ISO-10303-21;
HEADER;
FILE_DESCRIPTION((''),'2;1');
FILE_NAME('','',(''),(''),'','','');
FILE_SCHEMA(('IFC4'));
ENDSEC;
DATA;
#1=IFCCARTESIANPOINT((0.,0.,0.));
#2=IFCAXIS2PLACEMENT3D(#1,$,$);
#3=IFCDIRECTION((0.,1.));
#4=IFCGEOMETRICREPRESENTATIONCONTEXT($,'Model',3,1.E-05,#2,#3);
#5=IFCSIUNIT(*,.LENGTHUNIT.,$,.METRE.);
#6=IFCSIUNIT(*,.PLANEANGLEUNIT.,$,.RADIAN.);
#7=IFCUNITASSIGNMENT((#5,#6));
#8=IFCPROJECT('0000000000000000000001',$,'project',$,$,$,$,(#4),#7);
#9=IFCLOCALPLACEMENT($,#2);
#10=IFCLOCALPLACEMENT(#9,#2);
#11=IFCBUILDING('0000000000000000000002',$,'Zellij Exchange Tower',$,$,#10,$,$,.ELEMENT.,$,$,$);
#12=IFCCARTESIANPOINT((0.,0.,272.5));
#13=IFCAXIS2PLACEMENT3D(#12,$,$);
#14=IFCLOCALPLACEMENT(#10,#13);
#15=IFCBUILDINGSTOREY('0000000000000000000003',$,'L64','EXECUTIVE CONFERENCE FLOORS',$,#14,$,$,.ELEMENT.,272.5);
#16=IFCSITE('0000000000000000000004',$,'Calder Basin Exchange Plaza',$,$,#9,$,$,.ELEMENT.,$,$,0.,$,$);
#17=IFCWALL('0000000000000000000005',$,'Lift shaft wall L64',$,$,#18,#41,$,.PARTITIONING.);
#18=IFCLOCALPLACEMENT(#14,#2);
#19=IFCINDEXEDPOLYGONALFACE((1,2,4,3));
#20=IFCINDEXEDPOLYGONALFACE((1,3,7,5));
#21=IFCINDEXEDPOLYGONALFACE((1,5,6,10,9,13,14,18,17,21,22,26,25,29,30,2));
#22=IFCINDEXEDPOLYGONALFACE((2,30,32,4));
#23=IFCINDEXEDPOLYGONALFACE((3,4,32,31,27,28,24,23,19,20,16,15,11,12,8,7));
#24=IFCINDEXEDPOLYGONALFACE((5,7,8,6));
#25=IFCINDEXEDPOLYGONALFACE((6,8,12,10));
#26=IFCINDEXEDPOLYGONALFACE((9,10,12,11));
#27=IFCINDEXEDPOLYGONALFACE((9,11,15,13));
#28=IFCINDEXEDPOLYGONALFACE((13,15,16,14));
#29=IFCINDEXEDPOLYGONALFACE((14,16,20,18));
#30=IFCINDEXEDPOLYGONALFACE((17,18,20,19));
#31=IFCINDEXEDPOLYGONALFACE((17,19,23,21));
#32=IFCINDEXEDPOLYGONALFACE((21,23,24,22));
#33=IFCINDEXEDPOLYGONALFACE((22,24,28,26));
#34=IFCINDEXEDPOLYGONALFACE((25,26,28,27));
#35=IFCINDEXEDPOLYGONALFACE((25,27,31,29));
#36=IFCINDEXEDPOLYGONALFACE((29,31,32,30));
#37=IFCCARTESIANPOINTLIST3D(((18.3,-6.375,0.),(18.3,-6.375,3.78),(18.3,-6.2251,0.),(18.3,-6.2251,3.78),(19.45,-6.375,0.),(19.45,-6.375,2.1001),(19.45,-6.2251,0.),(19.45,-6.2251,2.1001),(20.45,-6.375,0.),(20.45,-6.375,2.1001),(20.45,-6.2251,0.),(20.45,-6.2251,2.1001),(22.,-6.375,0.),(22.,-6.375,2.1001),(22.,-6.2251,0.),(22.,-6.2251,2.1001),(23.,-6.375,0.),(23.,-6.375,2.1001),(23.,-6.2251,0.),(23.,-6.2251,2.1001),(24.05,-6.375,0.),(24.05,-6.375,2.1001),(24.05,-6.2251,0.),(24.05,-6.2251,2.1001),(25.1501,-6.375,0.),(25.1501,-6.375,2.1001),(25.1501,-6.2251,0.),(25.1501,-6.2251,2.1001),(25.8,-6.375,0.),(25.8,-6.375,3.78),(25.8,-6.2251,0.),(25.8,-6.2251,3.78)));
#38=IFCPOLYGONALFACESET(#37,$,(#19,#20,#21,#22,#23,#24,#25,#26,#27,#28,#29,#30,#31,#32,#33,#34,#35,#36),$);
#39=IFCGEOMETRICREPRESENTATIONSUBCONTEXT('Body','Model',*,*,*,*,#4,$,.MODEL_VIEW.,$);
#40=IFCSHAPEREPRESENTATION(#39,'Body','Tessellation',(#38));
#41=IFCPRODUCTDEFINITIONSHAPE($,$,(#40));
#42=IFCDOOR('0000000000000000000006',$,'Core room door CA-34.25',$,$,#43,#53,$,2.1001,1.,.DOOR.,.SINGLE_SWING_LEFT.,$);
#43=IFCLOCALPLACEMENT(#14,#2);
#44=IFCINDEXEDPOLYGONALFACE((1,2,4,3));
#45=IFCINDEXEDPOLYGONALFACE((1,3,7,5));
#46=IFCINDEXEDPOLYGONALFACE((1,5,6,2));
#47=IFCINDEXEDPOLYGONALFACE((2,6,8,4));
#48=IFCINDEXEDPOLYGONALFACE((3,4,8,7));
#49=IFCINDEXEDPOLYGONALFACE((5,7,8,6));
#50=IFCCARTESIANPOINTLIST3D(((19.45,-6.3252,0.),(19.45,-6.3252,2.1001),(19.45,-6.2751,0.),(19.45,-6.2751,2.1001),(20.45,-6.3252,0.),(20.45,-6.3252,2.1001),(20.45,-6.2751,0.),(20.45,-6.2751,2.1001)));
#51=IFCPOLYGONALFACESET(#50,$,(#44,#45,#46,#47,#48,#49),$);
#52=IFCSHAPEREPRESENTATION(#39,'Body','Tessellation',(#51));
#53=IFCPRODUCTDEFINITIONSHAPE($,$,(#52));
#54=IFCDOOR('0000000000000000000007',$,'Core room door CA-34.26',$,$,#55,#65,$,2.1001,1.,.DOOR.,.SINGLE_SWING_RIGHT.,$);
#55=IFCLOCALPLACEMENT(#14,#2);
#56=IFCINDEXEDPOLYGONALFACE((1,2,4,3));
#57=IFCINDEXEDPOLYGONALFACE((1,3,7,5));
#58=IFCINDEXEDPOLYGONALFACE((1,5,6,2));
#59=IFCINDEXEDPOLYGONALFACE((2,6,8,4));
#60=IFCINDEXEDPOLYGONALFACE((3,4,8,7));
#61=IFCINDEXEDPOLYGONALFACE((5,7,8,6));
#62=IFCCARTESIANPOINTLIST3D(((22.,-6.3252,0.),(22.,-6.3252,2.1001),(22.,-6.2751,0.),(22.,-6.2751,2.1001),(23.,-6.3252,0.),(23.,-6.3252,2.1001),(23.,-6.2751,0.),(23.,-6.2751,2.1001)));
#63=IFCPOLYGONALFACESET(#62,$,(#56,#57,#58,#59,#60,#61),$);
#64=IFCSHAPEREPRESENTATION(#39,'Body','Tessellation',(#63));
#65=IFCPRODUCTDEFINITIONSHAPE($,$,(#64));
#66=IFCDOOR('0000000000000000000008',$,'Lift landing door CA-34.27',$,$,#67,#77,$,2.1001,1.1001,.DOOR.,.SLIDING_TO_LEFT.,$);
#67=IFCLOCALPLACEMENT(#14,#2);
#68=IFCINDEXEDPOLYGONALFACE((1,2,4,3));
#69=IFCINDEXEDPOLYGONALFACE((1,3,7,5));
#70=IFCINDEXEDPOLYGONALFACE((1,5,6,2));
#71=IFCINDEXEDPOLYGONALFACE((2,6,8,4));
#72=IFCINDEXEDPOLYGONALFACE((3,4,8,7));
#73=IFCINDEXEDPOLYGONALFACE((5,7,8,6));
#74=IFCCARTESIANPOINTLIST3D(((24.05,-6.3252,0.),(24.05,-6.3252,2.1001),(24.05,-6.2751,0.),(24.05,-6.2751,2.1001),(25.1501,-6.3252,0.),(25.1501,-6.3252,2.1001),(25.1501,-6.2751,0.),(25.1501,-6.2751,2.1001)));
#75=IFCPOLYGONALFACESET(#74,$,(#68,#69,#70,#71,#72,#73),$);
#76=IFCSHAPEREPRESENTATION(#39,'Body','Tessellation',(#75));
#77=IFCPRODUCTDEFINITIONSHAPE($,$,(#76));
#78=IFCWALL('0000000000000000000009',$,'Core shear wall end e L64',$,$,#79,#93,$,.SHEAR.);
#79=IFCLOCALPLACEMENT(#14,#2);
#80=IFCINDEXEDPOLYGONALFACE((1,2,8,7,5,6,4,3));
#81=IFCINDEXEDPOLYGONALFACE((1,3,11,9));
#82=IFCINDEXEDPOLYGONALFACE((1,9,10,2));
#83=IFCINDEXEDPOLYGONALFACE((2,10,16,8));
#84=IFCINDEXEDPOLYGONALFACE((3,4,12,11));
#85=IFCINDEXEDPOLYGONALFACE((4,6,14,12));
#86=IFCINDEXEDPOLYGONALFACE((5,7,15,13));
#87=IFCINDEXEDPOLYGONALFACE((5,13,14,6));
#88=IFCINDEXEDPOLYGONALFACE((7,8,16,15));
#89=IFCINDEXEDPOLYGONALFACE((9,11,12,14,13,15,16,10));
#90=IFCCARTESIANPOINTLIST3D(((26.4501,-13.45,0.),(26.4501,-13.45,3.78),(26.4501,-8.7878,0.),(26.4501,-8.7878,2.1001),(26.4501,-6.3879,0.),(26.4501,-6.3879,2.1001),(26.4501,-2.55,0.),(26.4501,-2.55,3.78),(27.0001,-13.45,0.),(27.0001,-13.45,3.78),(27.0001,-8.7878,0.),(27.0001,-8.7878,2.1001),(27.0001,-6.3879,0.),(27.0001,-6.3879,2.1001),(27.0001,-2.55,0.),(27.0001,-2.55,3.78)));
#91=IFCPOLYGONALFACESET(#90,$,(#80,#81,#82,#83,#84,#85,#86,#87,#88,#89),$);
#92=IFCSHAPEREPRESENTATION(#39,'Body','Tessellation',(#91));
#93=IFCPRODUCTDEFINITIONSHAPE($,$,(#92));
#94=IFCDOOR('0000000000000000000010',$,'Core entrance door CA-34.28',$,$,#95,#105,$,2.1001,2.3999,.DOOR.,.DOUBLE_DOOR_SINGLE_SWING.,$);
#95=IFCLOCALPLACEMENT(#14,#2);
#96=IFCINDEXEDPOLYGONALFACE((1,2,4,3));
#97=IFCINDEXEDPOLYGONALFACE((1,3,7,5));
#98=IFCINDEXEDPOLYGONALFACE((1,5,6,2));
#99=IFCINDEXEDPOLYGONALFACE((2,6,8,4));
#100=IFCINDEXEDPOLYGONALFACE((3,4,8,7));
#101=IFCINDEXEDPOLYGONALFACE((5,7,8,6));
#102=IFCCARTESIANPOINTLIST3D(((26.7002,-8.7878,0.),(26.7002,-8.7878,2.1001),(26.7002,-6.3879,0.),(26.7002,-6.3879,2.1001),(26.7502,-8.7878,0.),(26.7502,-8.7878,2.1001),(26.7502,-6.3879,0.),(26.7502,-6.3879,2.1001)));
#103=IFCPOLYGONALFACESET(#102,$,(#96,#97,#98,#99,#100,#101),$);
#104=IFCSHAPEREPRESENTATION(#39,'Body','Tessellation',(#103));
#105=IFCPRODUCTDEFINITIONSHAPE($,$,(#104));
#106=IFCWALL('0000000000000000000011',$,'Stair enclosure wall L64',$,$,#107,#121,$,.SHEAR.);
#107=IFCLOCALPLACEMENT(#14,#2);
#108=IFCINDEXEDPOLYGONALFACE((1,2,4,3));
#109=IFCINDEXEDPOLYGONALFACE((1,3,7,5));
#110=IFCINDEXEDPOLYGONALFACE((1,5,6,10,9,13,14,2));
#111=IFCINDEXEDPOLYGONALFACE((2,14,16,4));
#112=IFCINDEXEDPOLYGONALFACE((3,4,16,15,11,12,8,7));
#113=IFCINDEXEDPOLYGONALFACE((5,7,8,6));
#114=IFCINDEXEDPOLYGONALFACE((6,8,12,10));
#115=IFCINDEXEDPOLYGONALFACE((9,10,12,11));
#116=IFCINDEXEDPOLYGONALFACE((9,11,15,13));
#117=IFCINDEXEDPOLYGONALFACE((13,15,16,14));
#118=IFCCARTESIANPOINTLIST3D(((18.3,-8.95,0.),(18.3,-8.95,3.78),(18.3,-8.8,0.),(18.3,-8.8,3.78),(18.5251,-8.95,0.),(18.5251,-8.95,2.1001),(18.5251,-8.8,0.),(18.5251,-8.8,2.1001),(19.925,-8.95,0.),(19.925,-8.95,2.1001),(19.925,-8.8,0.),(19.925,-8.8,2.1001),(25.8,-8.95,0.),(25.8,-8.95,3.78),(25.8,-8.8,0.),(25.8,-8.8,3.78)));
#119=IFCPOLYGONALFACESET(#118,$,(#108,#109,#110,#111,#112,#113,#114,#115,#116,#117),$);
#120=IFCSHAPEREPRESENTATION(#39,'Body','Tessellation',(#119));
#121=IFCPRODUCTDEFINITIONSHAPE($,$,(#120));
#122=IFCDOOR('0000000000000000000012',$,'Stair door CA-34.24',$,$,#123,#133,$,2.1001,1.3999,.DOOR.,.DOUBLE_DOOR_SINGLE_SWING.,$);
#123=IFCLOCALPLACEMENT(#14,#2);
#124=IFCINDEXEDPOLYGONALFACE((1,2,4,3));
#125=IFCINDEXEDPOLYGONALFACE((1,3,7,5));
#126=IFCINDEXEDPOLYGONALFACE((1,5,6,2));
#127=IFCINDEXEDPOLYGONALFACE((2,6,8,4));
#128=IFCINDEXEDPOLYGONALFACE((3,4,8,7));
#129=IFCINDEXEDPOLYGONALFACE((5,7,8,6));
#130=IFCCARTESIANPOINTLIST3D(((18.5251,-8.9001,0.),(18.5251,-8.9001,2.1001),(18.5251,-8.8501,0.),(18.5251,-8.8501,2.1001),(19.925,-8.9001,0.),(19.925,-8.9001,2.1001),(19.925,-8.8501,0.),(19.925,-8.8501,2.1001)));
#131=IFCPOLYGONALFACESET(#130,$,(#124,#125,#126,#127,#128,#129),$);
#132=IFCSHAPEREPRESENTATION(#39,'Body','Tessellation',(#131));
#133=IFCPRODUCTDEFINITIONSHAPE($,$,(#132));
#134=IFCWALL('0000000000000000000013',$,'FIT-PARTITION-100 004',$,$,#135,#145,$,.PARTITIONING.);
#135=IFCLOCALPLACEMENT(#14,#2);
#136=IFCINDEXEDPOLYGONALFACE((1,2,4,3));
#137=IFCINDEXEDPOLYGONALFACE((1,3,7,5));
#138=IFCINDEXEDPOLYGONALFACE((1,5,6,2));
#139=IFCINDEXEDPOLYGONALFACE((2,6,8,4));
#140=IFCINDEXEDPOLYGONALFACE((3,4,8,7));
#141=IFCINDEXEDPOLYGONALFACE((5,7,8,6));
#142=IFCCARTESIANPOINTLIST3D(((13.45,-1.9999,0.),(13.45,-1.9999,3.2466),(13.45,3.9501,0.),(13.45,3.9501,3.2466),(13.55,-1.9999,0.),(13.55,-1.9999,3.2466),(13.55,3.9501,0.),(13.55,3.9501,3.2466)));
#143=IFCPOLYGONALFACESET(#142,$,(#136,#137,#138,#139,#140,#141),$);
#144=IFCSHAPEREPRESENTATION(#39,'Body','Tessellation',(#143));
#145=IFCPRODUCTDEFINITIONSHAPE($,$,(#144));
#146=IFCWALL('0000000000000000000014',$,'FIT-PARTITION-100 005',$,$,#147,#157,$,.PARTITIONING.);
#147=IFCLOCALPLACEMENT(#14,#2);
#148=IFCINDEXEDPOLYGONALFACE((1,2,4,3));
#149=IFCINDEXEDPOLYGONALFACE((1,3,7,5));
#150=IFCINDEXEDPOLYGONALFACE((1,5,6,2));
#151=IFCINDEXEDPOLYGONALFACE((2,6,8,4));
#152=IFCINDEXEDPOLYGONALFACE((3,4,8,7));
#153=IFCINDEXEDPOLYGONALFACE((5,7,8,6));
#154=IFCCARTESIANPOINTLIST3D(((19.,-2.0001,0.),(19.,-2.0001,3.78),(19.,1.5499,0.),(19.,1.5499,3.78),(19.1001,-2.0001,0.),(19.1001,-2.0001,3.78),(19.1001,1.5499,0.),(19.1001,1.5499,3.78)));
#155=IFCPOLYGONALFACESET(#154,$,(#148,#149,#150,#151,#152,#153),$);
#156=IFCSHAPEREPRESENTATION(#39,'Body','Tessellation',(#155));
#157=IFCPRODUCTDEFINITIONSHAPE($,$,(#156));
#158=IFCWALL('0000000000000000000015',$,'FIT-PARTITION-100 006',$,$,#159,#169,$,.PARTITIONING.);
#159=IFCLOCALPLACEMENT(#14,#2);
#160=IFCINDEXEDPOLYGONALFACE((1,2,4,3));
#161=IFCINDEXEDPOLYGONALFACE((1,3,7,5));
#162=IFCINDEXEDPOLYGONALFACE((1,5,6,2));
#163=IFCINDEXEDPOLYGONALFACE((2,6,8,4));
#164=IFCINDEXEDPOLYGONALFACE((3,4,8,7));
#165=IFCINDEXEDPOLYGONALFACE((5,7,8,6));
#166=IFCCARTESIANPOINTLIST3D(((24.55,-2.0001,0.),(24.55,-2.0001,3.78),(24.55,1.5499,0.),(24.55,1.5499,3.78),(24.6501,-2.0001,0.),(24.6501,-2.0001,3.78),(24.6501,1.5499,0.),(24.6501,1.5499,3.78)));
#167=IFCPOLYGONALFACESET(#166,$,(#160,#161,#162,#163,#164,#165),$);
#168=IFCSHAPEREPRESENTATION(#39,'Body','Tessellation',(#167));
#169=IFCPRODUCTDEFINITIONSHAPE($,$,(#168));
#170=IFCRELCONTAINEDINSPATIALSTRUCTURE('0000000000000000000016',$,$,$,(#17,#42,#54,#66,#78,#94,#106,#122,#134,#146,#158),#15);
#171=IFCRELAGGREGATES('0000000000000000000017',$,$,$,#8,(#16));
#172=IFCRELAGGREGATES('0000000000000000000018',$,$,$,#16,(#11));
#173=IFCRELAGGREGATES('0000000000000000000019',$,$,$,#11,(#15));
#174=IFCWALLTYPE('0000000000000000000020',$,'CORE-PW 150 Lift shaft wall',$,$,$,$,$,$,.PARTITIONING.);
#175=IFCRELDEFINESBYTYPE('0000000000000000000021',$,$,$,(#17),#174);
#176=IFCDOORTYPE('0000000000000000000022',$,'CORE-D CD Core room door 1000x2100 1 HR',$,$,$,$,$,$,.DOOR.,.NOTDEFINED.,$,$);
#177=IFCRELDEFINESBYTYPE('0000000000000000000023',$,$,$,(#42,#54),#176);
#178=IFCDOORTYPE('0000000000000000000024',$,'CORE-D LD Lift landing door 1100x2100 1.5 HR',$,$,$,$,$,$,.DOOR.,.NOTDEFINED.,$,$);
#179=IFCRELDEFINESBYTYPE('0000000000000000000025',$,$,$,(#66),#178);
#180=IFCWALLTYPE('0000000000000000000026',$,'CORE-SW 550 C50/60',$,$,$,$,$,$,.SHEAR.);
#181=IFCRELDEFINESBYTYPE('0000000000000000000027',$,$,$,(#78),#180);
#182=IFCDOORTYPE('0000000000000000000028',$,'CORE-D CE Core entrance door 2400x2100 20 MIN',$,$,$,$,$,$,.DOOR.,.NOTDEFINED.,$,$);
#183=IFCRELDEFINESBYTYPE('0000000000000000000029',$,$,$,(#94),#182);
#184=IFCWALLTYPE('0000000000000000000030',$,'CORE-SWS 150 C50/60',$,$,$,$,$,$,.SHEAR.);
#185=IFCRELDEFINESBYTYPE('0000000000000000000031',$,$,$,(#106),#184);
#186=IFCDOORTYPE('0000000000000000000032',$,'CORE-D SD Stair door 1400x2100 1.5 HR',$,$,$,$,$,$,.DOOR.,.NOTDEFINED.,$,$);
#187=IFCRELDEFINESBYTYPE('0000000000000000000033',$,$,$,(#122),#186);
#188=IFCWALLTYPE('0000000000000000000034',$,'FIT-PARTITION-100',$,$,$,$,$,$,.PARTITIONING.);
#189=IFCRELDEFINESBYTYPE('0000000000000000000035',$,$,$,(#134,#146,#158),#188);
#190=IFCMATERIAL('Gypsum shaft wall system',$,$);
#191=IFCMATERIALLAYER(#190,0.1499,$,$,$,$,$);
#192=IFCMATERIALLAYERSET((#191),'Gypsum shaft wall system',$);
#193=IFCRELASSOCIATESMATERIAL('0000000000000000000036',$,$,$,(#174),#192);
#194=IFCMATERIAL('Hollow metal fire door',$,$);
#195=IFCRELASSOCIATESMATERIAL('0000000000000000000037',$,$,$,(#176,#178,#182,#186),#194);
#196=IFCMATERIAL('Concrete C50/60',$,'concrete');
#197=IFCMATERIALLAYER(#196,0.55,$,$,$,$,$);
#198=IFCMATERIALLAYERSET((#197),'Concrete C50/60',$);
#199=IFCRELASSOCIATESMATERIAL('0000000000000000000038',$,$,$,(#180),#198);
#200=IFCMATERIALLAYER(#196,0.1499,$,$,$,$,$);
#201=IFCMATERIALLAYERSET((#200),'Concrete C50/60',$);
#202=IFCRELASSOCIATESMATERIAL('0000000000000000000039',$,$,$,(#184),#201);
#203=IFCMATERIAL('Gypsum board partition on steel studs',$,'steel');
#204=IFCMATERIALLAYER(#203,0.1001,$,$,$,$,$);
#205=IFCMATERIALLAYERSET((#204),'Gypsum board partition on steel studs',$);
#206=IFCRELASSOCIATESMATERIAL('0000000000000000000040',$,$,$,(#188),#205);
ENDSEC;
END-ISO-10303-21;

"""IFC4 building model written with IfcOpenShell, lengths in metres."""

from ifc_helpers import new_model, si_unit, direction, frame, frame_2d, origin, place, context, subcontext, project, spatial, rectangle, extrude, material, layer, layer_set, type_object, element, fill, save


model = new_model("IFC4")

# Units and contexts
model_context = context("Model", 3, precision=1e-05, world=origin(), true_north=direction((0.0, 1.0)))
body_context = subcontext(model_context, "Body", "Model", "MODEL_VIEW")
ifc_project = project(units=[si_unit("LENGTHUNIT", "METRE"), si_unit("PLANEANGLEUNIT", "RADIAN")], contexts=[model_context])

# Site, building, storey
site_placement = place(None, origin())
site = spatial("IfcSite", under=ifc_project, at=site_placement, Name="Calder Basin Exchange Plaza", CompositionType="ELEMENT", RefElevation=0.0)
building_placement = place(site_placement, origin())
building = spatial("IfcBuilding", under=site, at=building_placement, Name="Zellij Exchange Tower", CompositionType="ELEMENT")
storey_placement = place(building_placement, frame((0.0, 0.0, 272.5)))
storey = spatial("IfcBuildingStorey", under=building, at=storey_placement, Name="L64", Description="EXECUTIVE CONFERENCE FLOORS", CompositionType="ELEMENT", Elevation=272.5)

# Shared definitions
ifc_material_1 = material(Name="Concrete C50/60", Category="concrete")
ifc_material_2 = material(Name="Gypsum shaft wall system")
ifc_layer_1 = layer(ifc_material_2, 0.1499)
ifc_layer_set_1 = layer_set([ifc_layer_1], Name="Gypsum shaft wall system")
wall_type_1 = type_object("IfcWallType", Name="CORE-PW 150 Lift shaft wall", PredefinedType="PARTITIONING", material=ifc_layer_set_1)

# Wall, openings, doors
wall_1_placement = place(storey_placement, frame((18.3, -6.3, 0.0), z_axis=(0.0, 0.0, 1.0), x_axis=(1.0, 0.0, 0.0)))
wall_1 = element("IfcWall", 1, at=wall_1_placement, inside=storey, type_object=wall_type_1, Name="Lift shaft wall L64", PredefinedType="PARTITIONING", context=body_context, shape_type="SweptSolid", body=[
    extrude(rectangle(XDim=7.5, YDim=0.1499, at=frame_2d((3.75, 0.0))), origin(), (0.0, 0.0, 1.0), 3.78),
])
opening_1_placement = place(wall_1_placement, frame((1.1499, 0.0, 0.0)))
opening_1 = element("IfcOpeningElement", 2, at=opening_1_placement, cuts=wall_1, PredefinedType="OPENING", context=body_context, shape_type="SweptSolid", body=[
    extrude(rectangle(XDim=1.0, YDim=2.1001, at=frame_2d((0.5, 1.05))), frame((0.0, 0.0869, 0.0), z_axis=(0.0, -1.0, 0.0), x_axis=(1.0, 0.0, 0.0)), (0.0, 0.0, 1.0), 0.1738),
])
opening_2_placement = place(wall_1_placement, frame((3.7, 0.0, 0.0)))
opening_2 = element("IfcOpeningElement", 3, at=opening_2_placement, cuts=wall_1, PredefinedType="OPENING", context=body_context, shape_type="SweptSolid", body=[
    extrude(rectangle(XDim=1.0, YDim=2.1001, at=frame_2d((0.5, 1.05))), frame((0.0, 0.0869, 0.0), z_axis=(0.0, -1.0, 0.0), x_axis=(1.0, 0.0, 0.0)), (0.0, 0.0, 1.0), 0.1738),
])
opening_3_placement = place(wall_1_placement, frame((5.75, 0.0, 0.0)))
opening_3 = element("IfcOpeningElement", 4, at=opening_3_placement, cuts=wall_1, PredefinedType="OPENING", context=body_context, shape_type="SweptSolid", body=[
    extrude(rectangle(XDim=1.1001, YDim=2.1001, at=frame_2d((0.55, 1.05))), frame((0.0, 0.0869, 0.0), z_axis=(0.0, -1.0, 0.0), x_axis=(1.0, 0.0, 0.0)), (0.0, 0.0, 1.0), 0.1738),
])
ifc_material_3 = material(Name="Hollow metal fire door")
door_type_1 = type_object("IfcDoorType", Name="CORE-D CD Core room door 1000x2100 1 HR", OperationType="NOTDEFINED", PredefinedType="DOOR", material=ifc_material_3)
door_1_placement = place(opening_1_placement, origin())
door_1 = element("IfcDoor", 5, at=door_1_placement, inside=storey, type_object=door_type_1, Name="Core room door CA-34.25", OperationType="SINGLE_SWING_LEFT", OverallHeight=2.1001, OverallWidth=1.0, PredefinedType="DOOR", context=body_context, shape_type="SweptSolid", body=[
    extrude(rectangle(XDim=1.0, YDim=2.1001, at=frame_2d((0.5, 1.05))), frame((0.0, 0.0249, 0.0), z_axis=(0.0, -1.0, 0.0), x_axis=(1.0, 0.0, 0.0)), (0.0, 0.0, 1.0), 0.05),
])
fill(opening_1, door_1)
door_2_placement = place(opening_2_placement, origin())
door_2 = element("IfcDoor", 6, at=door_2_placement, inside=storey, type_object=door_type_1, Name="Core room door CA-34.26", OperationType="SINGLE_SWING_RIGHT", OverallHeight=2.1001, OverallWidth=1.0, PredefinedType="DOOR", context=body_context, shape_type="SweptSolid", body=[
    extrude(rectangle(XDim=1.0, YDim=2.1001, at=frame_2d((0.5, 1.05))), frame((0.0, 0.0249, 0.0), z_axis=(0.0, -1.0, 0.0), x_axis=(1.0, 0.0, 0.0)), (0.0, 0.0, 1.0), 0.05),
])
fill(opening_2, door_2)
door_type_2 = type_object("IfcDoorType", Name="CORE-D LD Lift landing door 1100x2100 1.5 HR", OperationType="NOTDEFINED", PredefinedType="DOOR", material=ifc_material_3)
door_3_placement = place(opening_3_placement, origin())
door_3 = element("IfcDoor", 7, at=door_3_placement, inside=storey, type_object=door_type_2, Name="Lift landing door CA-34.27", OperationType="SLIDING_TO_LEFT", OverallHeight=2.1001, OverallWidth=1.1001, PredefinedType="DOOR", context=body_context, shape_type="SweptSolid", body=[
    extrude(rectangle(XDim=1.1001, YDim=2.1001, at=frame_2d((0.55, 1.05))), frame((0.0, 0.0249, 0.0), z_axis=(0.0, -1.0, 0.0), x_axis=(1.0, 0.0, 0.0)), (0.0, 0.0, 1.0), 0.05),
])
fill(opening_3, door_3)

# Walls, openings, doors
ifc_layer_2 = layer(ifc_material_1, 0.55)
ifc_layer_set_2 = layer_set([ifc_layer_2], Name="Concrete C50/60")
wall_type_2 = type_object("IfcWallType", Name="CORE-SW 550 C50/60", PredefinedType="SHEAR", material=ifc_layer_set_2)
wall_2_placement = place(storey_placement, frame((26.7251, -13.45, 0.0), z_axis=(0.0, 0.0, 1.0), x_axis=(0.0, 1.0, 0.0)))
wall_2 = element("IfcWall", 8, at=wall_2_placement, inside=storey, type_object=wall_type_2, Name="Core shear wall end e L64", PredefinedType="SHEAR", context=body_context, shape_type="SweptSolid", body=[
    extrude(rectangle(XDim=10.8999, YDim=0.55, at=frame_2d((5.45, 0.0))), origin(), (0.0, 0.0, 1.0), 3.78),
])
opening_4_placement = place(wall_2_placement, frame((4.6621, 0.0, 0.0)))
opening_4 = element("IfcOpeningElement", 9, at=opening_4_placement, cuts=wall_2, PredefinedType="OPENING", context=body_context, shape_type="SweptSolid", body=[
    extrude(rectangle(XDim=2.3999, YDim=2.1001, at=frame_2d((1.2, 1.05))), frame((0.0, 0.2871, 0.0), z_axis=(0.0, -1.0, 0.0), x_axis=(1.0, 0.0, 0.0)), (0.0, 0.0, 1.0), 0.574),
])
door_type_3 = type_object("IfcDoorType", Name="CORE-D CE Core entrance door 2400x2100 20 MIN", OperationType="NOTDEFINED", PredefinedType="DOOR", material=ifc_material_3)
door_4_placement = place(opening_4_placement, origin())
door_4 = element("IfcDoor", 10, at=door_4_placement, inside=storey, type_object=door_type_3, Name="Core entrance door CA-34.28", OperationType="DOUBLE_DOOR_SINGLE_SWING", OverallHeight=2.1001, OverallWidth=2.3999, PredefinedType="DOOR", context=body_context, shape_type="SweptSolid", body=[
    extrude(rectangle(XDim=2.3999, YDim=2.1001, at=frame_2d((1.2, 1.05))), frame((0.0, 0.0249, 0.0), z_axis=(0.0, -1.0, 0.0), x_axis=(1.0, 0.0, 0.0)), (0.0, 0.0, 1.0), 0.05),
])
fill(opening_4, door_4)
ifc_layer_3 = layer(ifc_material_1, 0.1499)
ifc_layer_set_3 = layer_set([ifc_layer_3], Name="Concrete C50/60")
wall_type_3 = type_object("IfcWallType", Name="CORE-SWS 150 C50/60", PredefinedType="SHEAR", material=ifc_layer_set_3)
wall_3_placement = place(storey_placement, frame((18.3, -8.875, 0.0), z_axis=(0.0, 0.0, 1.0), x_axis=(1.0, 0.0, 0.0)))
wall_3 = element("IfcWall", 11, at=wall_3_placement, inside=storey, type_object=wall_type_3, Name="Stair enclosure wall L64", PredefinedType="SHEAR", context=body_context, shape_type="SweptSolid", body=[
    extrude(rectangle(XDim=7.5, YDim=0.1499, at=frame_2d((3.75, 0.0))), origin(), (0.0, 0.0, 1.0), 3.78),
])
opening_5_placement = place(wall_3_placement, frame((0.2251, 0.0, 0.0)))
opening_5 = element("IfcOpeningElement", 12, at=opening_5_placement, cuts=wall_3, PredefinedType="OPENING", context=body_context, shape_type="SweptSolid", body=[
    extrude(rectangle(XDim=1.3999, YDim=2.1001, at=frame_2d((0.7, 1.05))), frame((0.0, 0.0869, 0.0), z_axis=(0.0, -1.0, 0.0), x_axis=(1.0, 0.0, 0.0)), (0.0, 0.0, 1.0), 0.1738),
])
door_type_4 = type_object("IfcDoorType", Name="CORE-D SD Stair door 1400x2100 1.5 HR", OperationType="NOTDEFINED", PredefinedType="DOOR", material=ifc_material_3)
door_5_placement = place(opening_5_placement, origin())
door_5 = element("IfcDoor", 13, at=door_5_placement, inside=storey, type_object=door_type_4, Name="Stair door CA-34.24", OperationType="DOUBLE_DOOR_SINGLE_SWING", OverallHeight=2.1001, OverallWidth=1.3999, PredefinedType="DOOR", context=body_context, shape_type="SweptSolid", body=[
    extrude(rectangle(XDim=1.3999, YDim=2.1001, at=frame_2d((0.7, 1.05))), frame((0.0, 0.0249, 0.0), z_axis=(0.0, -1.0, 0.0), x_axis=(1.0, 0.0, 0.0)), (0.0, 0.0, 1.0), 0.05),
])
fill(opening_5, door_5)

# Walls
ifc_material_4 = material(Name="Gypsum board partition on steel studs", Category="steel")
ifc_layer_4 = layer(ifc_material_4, 0.1001)
ifc_layer_set_4 = layer_set([ifc_layer_4], Name="Gypsum board partition on steel studs")
wall_type_4 = type_object("IfcWallType", Name="FIT-PARTITION-100", PredefinedType="PARTITIONING", material=ifc_layer_set_4)
wall_4_placement = place(storey_placement, frame((13.5, -2.0, 0.0), z_axis=(0.0, 0.0, 1.0), x_axis=(0.0, 1.0, 0.0)))
element("IfcWall", 14, at=wall_4_placement, inside=storey, type_object=wall_type_4, Name="FIT-PARTITION-100 004", PredefinedType="PARTITIONING", context=body_context, shape_type="SweptSolid", body=[
    extrude(rectangle(XDim=5.95, YDim=0.1001, at=frame_2d((2.9751, 0.0))), origin(), (0.0, 0.0, 1.0), 3.2466),
])
for number, where, z_axis, x_axis, name in (
    (15, (19.05, -2.0, 0.0), (0.0, 0.0, 1.0), (0.0, 1.0, 0.0), "FIT-PARTITION-100 005"),
    (16, (24.6001, -2.0, 0.0), (0.0, 0.0, 1.0), (0.0, 1.0, 0.0), "FIT-PARTITION-100 006"),
):
    element("IfcWall", number, at=place(storey_placement, frame(where, z_axis=z_axis, x_axis=x_axis)), inside=storey, type_object=wall_type_4, Name=name, PredefinedType="PARTITIONING", context=body_context, shape_type="SweptSolid", body=[
        extrude(rectangle(XDim=3.55, YDim=0.1001, at=frame_2d((1.7749, 0.0))), origin(), (0.0, 0.0, 1.0), 3.78),
    ])

save(model, "model.ifc")
